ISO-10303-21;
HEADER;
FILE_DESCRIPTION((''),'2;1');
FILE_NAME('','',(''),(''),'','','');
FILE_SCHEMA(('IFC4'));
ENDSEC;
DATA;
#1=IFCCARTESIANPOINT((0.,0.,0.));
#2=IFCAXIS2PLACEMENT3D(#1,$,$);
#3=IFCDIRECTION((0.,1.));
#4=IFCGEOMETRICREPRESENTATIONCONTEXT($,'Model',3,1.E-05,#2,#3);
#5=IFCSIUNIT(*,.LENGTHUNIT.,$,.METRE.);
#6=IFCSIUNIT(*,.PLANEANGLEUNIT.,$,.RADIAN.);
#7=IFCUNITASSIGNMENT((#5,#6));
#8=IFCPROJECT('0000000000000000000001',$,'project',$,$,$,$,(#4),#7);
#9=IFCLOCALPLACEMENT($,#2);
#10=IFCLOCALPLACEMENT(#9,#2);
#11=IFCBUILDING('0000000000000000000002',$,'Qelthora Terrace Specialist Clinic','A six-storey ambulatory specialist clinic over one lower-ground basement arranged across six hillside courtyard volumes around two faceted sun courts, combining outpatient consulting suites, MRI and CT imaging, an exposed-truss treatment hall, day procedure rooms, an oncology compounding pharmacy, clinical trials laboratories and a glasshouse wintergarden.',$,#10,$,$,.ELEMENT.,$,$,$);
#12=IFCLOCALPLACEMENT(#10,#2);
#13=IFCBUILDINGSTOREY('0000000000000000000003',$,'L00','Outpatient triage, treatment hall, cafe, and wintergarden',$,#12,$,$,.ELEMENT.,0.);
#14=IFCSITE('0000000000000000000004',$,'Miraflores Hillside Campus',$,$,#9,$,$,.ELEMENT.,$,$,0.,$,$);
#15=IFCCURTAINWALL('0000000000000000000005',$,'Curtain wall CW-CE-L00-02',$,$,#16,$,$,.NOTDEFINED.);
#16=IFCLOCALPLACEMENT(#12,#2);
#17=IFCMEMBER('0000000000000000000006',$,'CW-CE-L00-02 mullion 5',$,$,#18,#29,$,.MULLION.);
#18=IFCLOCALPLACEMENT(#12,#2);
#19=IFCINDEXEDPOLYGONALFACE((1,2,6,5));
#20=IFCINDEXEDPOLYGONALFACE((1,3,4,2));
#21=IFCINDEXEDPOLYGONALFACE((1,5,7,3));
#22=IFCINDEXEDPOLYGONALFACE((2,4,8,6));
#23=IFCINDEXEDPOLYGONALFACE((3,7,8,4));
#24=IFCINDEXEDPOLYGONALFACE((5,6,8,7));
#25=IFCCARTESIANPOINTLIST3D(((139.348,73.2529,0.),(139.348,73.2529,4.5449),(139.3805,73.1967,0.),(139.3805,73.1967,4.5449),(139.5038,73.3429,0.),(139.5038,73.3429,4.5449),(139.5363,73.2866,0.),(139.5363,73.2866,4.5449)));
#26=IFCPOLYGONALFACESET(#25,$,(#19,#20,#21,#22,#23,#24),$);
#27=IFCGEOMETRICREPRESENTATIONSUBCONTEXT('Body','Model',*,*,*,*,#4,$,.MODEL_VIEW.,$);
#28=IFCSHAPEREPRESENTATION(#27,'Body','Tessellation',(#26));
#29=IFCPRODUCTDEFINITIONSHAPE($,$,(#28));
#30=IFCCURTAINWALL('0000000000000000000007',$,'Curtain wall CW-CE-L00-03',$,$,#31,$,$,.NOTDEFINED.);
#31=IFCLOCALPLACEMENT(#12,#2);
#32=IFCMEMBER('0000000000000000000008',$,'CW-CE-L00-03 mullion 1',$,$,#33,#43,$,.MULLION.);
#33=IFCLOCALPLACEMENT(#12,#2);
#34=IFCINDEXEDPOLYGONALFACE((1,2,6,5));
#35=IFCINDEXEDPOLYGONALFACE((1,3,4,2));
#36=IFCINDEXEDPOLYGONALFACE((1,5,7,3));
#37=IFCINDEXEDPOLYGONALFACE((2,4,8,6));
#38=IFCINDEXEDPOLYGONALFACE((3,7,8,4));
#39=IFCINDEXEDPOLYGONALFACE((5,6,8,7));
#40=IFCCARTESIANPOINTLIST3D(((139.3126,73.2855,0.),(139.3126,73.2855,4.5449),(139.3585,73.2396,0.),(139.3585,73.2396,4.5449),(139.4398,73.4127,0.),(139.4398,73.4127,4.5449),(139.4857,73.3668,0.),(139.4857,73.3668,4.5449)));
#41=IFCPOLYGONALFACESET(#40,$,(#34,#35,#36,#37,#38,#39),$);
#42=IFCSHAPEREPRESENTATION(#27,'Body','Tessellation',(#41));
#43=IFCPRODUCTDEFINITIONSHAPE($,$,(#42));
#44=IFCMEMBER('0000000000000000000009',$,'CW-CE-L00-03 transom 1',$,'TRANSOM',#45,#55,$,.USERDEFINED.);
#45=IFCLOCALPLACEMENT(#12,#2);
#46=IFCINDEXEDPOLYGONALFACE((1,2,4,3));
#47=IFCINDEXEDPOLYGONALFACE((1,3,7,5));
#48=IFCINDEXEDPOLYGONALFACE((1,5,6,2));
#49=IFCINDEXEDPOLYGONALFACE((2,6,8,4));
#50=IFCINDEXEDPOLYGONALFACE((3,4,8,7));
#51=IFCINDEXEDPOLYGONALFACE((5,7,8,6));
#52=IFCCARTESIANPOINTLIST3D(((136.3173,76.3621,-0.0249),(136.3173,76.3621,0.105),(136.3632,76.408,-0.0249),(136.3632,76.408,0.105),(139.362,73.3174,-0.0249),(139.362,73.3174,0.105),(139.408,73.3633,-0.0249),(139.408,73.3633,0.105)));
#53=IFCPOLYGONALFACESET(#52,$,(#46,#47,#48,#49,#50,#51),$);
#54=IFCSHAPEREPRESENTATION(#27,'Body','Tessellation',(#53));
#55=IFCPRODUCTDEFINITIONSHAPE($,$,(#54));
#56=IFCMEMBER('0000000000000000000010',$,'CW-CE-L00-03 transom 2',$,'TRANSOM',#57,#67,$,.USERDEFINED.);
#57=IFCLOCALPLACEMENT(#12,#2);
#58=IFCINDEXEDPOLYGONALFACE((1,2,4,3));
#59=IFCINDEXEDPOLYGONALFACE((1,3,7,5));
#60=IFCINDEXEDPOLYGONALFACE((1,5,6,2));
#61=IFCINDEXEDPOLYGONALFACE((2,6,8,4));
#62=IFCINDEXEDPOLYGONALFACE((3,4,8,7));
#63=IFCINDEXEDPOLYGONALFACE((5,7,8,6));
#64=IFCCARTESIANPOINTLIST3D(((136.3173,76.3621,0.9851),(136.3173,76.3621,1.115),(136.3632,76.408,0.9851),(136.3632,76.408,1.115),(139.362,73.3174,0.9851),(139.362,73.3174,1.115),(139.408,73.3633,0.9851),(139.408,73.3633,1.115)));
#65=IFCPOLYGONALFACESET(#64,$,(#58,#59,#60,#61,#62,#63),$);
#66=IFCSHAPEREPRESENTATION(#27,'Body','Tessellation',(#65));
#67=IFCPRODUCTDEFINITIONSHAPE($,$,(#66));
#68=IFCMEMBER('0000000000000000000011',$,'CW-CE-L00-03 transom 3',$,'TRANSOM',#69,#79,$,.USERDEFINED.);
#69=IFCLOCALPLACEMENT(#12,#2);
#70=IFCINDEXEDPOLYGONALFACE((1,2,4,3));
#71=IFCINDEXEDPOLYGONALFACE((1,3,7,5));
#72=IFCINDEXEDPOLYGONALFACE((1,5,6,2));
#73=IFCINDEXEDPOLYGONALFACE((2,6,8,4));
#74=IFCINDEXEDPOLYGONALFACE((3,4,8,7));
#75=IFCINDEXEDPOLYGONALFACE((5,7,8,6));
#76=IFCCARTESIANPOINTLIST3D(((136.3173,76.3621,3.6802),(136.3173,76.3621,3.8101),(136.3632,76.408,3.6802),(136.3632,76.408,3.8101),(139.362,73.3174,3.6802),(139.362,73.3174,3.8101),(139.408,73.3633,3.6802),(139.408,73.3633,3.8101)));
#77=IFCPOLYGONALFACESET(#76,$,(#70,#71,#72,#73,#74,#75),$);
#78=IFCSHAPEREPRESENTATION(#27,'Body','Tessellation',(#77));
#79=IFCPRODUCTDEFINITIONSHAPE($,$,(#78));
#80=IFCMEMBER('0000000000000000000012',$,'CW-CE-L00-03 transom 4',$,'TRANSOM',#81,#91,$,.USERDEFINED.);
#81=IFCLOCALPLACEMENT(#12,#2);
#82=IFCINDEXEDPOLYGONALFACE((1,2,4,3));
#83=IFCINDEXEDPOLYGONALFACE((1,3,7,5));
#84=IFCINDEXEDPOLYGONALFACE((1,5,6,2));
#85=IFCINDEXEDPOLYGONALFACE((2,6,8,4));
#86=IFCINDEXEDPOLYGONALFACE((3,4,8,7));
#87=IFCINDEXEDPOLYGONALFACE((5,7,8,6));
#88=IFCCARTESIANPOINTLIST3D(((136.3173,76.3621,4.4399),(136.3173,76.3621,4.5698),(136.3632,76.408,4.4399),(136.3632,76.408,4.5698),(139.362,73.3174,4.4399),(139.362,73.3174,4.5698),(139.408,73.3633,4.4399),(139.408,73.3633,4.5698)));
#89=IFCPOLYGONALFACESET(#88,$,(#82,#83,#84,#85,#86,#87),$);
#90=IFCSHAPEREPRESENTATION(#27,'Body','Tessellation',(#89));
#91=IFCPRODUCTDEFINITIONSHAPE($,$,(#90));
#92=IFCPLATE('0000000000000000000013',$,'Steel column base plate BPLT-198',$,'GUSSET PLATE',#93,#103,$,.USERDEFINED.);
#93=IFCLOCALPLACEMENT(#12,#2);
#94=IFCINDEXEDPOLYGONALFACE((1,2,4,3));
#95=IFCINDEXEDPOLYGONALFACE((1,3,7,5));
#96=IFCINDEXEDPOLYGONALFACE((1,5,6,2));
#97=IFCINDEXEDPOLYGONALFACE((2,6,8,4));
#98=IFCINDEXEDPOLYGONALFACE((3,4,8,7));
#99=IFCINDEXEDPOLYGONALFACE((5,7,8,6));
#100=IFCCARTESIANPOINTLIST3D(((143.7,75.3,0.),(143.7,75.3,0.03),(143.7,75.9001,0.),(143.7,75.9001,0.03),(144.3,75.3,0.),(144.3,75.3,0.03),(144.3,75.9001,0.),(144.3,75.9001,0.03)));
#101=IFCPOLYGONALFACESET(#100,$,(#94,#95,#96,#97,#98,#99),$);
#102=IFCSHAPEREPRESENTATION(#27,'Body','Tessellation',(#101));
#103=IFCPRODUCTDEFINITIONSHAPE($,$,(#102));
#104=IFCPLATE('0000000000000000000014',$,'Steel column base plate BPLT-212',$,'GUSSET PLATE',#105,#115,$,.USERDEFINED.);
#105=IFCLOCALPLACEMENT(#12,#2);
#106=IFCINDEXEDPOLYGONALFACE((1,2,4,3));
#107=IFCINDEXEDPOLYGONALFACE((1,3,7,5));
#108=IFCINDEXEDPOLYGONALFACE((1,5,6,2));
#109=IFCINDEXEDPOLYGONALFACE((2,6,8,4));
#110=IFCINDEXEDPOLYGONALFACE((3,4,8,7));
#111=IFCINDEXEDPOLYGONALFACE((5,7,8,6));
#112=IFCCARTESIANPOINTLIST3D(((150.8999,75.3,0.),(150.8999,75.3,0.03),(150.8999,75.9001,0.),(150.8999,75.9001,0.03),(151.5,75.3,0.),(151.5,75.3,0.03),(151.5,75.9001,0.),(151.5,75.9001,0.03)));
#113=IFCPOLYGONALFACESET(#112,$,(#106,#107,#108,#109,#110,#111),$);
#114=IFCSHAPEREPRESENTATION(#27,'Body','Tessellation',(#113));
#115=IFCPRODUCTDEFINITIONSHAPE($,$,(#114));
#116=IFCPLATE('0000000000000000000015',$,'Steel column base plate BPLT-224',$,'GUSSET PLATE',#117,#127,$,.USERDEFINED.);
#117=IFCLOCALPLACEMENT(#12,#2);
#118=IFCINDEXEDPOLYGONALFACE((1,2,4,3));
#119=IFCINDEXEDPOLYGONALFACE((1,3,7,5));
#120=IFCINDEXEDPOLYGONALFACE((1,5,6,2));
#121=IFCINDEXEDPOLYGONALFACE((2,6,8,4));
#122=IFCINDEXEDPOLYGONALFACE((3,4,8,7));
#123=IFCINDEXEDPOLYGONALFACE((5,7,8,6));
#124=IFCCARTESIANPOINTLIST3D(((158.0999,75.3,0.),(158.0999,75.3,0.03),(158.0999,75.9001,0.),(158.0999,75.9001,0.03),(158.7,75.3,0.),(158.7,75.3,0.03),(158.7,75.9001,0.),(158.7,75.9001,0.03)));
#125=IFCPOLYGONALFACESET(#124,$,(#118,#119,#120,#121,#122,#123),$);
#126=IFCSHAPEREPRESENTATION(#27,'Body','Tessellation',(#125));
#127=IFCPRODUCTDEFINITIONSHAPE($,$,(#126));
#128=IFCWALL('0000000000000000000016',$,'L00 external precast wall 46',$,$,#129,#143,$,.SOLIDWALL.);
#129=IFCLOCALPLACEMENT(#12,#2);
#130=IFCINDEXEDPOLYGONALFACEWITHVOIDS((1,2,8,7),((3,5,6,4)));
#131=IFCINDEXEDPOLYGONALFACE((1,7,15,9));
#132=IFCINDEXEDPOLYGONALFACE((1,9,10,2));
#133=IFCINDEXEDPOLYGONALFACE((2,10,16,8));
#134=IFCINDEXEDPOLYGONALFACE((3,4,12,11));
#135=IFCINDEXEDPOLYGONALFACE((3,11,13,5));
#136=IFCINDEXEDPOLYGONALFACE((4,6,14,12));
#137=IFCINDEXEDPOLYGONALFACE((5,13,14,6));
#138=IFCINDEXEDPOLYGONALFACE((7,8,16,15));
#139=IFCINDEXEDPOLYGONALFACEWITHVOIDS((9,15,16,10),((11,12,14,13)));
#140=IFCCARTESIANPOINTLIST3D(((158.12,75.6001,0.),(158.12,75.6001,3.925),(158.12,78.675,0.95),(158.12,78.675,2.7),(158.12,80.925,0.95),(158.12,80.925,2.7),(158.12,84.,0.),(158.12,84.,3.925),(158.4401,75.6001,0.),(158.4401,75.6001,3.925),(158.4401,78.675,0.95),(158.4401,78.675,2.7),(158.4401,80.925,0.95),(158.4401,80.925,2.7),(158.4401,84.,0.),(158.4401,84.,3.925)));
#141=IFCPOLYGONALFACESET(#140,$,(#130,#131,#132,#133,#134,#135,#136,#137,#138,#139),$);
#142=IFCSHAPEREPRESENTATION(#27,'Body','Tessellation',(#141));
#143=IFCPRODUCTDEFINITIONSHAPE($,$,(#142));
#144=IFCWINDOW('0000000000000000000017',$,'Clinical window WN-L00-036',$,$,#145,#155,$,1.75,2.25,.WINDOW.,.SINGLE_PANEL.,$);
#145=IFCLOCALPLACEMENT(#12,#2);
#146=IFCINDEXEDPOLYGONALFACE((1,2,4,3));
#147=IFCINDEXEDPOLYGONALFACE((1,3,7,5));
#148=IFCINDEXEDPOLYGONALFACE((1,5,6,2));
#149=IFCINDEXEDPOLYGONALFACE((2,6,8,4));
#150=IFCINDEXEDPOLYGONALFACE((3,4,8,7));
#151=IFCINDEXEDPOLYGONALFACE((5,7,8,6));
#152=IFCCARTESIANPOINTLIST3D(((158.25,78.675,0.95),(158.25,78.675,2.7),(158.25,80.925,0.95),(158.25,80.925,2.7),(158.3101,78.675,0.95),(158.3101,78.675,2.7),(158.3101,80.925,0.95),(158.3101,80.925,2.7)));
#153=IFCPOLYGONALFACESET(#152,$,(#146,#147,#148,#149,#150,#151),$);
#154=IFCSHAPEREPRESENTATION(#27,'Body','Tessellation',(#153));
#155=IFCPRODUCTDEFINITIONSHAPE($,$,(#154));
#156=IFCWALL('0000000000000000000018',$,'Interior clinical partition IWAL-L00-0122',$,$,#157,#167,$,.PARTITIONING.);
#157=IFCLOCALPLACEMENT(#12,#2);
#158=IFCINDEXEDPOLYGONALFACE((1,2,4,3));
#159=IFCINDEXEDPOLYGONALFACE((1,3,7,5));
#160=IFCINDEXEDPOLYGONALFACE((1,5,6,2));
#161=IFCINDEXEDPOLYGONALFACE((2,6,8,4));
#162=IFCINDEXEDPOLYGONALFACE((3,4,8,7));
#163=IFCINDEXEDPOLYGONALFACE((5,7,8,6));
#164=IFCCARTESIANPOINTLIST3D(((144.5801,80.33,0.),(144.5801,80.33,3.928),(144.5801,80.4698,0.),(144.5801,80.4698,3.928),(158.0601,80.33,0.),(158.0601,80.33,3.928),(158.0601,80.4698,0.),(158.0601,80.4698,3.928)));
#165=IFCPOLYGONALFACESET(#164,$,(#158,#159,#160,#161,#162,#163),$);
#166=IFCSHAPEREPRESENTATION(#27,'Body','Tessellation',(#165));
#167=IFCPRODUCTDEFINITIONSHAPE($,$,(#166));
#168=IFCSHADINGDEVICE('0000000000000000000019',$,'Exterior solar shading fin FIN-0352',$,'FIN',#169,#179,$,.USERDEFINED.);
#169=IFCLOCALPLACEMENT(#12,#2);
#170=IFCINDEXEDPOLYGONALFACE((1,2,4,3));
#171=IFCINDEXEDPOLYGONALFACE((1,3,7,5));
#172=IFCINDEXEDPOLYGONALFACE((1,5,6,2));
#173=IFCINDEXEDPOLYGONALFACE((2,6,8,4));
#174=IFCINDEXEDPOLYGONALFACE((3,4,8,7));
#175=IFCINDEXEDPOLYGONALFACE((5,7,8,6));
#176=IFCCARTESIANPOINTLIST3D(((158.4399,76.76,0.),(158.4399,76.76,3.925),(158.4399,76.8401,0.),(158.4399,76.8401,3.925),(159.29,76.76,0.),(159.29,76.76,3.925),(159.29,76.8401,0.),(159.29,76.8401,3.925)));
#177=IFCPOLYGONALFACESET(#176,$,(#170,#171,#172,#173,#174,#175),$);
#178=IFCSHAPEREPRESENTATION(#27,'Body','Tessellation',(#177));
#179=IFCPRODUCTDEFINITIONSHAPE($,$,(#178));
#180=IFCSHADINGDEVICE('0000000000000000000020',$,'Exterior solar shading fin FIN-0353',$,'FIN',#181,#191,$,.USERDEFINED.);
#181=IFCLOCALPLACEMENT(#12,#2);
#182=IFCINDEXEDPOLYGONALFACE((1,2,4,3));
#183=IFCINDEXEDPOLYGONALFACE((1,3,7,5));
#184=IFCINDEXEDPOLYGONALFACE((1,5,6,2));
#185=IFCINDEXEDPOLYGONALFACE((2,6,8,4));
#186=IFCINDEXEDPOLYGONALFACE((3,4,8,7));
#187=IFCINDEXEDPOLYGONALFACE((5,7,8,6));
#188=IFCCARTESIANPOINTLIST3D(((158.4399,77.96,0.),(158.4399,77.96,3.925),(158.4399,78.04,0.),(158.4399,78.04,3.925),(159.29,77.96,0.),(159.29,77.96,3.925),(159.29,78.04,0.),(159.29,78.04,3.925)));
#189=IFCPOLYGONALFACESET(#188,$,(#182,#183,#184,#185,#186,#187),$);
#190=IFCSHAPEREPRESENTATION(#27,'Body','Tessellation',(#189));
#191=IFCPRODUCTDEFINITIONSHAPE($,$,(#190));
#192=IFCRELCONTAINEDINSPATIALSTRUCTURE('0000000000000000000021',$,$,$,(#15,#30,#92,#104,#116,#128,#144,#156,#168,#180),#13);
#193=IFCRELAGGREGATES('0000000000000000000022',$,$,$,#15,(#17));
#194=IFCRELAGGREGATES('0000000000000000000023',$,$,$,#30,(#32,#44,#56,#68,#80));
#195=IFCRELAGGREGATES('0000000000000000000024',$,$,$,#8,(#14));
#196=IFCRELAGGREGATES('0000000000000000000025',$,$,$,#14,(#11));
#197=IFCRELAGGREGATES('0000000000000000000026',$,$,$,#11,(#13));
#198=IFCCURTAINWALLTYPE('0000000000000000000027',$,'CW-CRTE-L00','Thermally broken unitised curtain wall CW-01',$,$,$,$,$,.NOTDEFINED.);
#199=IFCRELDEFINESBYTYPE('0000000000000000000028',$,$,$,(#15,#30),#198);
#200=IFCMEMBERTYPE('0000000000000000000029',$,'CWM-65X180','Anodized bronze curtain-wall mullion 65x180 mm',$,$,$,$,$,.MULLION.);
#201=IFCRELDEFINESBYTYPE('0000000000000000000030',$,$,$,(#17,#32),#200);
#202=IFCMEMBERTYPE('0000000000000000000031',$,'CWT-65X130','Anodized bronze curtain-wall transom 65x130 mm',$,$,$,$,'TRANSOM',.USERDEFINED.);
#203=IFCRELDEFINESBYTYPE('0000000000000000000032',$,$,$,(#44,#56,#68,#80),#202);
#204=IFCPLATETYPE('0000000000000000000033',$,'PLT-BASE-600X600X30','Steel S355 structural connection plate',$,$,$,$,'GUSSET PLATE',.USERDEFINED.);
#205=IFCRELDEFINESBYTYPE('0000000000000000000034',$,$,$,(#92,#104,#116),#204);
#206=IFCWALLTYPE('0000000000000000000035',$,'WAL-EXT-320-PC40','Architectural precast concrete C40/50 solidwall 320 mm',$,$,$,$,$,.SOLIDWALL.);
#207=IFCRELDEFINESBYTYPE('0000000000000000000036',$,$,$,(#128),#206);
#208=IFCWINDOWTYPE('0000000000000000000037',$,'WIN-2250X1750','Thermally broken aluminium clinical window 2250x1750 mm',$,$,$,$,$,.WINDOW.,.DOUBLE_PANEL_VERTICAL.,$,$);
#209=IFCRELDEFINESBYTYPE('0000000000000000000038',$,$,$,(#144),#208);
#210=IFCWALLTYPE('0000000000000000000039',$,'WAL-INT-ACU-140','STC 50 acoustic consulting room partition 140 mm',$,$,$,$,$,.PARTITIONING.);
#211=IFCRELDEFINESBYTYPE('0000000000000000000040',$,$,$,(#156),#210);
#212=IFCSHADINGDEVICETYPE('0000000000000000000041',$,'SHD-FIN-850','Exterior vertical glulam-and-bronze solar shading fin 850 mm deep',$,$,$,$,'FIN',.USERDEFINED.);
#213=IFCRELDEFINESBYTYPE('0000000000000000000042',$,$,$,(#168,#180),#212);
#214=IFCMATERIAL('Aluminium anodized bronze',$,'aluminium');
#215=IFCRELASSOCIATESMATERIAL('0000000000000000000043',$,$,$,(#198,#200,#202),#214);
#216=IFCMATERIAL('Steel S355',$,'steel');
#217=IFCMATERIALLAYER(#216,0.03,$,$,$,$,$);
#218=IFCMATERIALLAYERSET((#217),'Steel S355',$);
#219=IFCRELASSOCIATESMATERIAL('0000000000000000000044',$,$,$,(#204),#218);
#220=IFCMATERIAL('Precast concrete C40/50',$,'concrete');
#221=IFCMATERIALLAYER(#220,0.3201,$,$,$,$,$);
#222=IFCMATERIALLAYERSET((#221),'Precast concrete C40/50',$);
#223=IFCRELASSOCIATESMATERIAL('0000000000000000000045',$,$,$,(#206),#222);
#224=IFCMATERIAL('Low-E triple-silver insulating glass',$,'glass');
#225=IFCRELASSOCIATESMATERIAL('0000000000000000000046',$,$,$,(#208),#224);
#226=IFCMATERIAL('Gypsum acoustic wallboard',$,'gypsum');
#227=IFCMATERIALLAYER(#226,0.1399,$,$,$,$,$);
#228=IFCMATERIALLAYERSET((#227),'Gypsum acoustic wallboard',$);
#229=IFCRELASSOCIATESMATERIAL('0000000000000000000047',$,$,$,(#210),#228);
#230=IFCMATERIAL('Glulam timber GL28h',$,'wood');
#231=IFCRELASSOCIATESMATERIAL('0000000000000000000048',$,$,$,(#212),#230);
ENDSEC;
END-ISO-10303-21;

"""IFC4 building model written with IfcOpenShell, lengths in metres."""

from ifc_helpers import new_model, si_unit, direction, frame, frame_2d, origin, origin_2d, place, context, subcontext, project, spatial, rectangle, extrude, material, layer, layer_set, material_profile, profile_set, type_object, element, fill, aggregate, save


model = new_model("IFC4")

# Units and contexts
model_context = context("Model", 3, precision=1e-05, world=origin(), true_north=direction((0.0, 1.0)))
body_context = subcontext(model_context, "Body", "Model", "MODEL_VIEW")
ifc_project = project(units=[si_unit("LENGTHUNIT", "METRE"), si_unit("PLANEANGLEUNIT", "RADIAN")], contexts=[model_context])

# Site, building, storey
site_placement = place(None, origin())
site = spatial("IfcSite", under=ifc_project, at=site_placement, Name="Miraflores Hillside Campus", CompositionType="ELEMENT", RefElevation=0.0)
building_placement = place(site_placement, origin())
building = spatial("IfcBuilding", under=site, at=building_placement, Name="Qelthora Terrace Specialist Clinic", Description="A six-storey ambulatory specialist clinic over one lower-ground basement arranged across six hillside courtyard volumes around two faceted sun courts, combining outpatient consulting suites, MRI and CT imaging, an exposed-truss treatment hall, day procedure rooms, an oncology compounding pharmacy, clinical trials laboratories and a glasshouse wintergarden.", CompositionType="ELEMENT")
storey_placement = place(building_placement, origin())
storey = spatial("IfcBuildingStorey", under=building, at=storey_placement, Name="L00", Description="Outpatient triage, treatment hall, cafe, and wintergarden", CompositionType="ELEMENT", Elevation=0.0)

# Shared definitions
ifc_material_1 = material(Name="Steel S355", Category="steel")

# Curtain wall, member
ifc_material_2 = material(Name="Aluminium anodized bronze", Category="aluminium")
curtain_wall_type = type_object("IfcCurtainWallType", Name="CW-CRTE-L00", Description="Thermally broken unitised curtain wall CW-01", PredefinedType="NOTDEFINED", material=ifc_material_2)
curtain_wall_1_placement = place(storey_placement, origin())
curtain_wall_1 = element("IfcCurtainWall", 1, at=curtain_wall_1_placement, inside=storey, type_object=curtain_wall_type, Name="Curtain wall CW-CE-L00-02", PredefinedType="NOTDEFINED")
ifc_material_profile_1 = material_profile(ifc_material_2, rectangle(XDim=0.0649, YDim=0.1799, at=origin_2d()), Name="CWM65X180")
ifc_profile_set_1 = profile_set([ifc_material_profile_1], Name="Aluminium anodized bronze")
member_type_1 = type_object("IfcMemberType", Name="CWM-65X180", Description="Anodized bronze curtain-wall mullion 65x180 mm", PredefinedType="MULLION", material=ifc_profile_set_1)
member_1_placement = place(storey_placement, frame((139.4421, 73.2698, 0.0), z_axis=(0.0, 0.0, 1.0), x_axis=(-0.5, 0.866025, 0.0)))
member_1 = element("IfcMember", 2, at=member_1_placement, type_object=member_type_1, Name="CW-CE-L00-02 mullion 5", PredefinedType="MULLION", context=body_context, shape_type="SweptSolid", body=[
    extrude(rectangle(XDim=0.0649, YDim=0.1799, at=origin_2d()), origin(), (0.0, 0.0, 1.0), 4.5449),
])
aggregate(curtain_wall_1, [member_1])

# Curtain wall, members
curtain_wall_2_placement = place(storey_placement, origin())
curtain_wall_2 = element("IfcCurtainWall", 3, at=curtain_wall_2_placement, inside=storey, type_object=curtain_wall_type, Name="Curtain wall CW-CE-L00-03", PredefinedType="NOTDEFINED")
member_2_placement = place(storey_placement, frame((139.3992, 73.3262, 0.0), z_axis=(0.0, 0.0, 1.0), x_axis=(-0.707107, 0.707107, 0.0)))
member_2 = element("IfcMember", 4, at=member_2_placement, type_object=member_type_1, Name="CW-CE-L00-03 mullion 1", PredefinedType="MULLION", context=body_context, shape_type="SweptSolid", body=[
    extrude(rectangle(XDim=0.0649, YDim=0.1799, at=origin_2d()), origin(), (0.0, 0.0, 1.0), 4.5449),
])
ifc_material_profile_2 = material_profile(ifc_material_2, rectangle(XDim=0.0649, YDim=0.1299, at=origin_2d()), Name="CWT65X130")
ifc_profile_set_2 = profile_set([ifc_material_profile_2], Name="Aluminium anodized bronze")
member_type_2 = type_object("IfcMemberType", Name="CWT-65X130", Description="Anodized bronze curtain-wall transom 65x130 mm", ElementType="TRANSOM", PredefinedType="USERDEFINED", material=ifc_profile_set_2)
member_3_placement = place(storey_placement, frame((139.385, 73.3403, 0.04), z_axis=(-0.707107, 0.707107, 0.0), x_axis=(-0.707107, -0.707107, 0.0)))
member_3 = element("IfcMember", 5, at=member_3_placement, type_object=member_type_2, Name="CW-CE-L00-03 transom 1", ObjectType="TRANSOM", PredefinedType="USERDEFINED", context=body_context, shape_type="SweptSolid", body=[
    extrude(rectangle(XDim=0.0649, YDim=0.1299, at=origin_2d()), origin(), (0.0, 0.0, 1.0), 4.3059),
])
member_4_placement = place(storey_placement, frame((139.385, 73.3403, 1.05), z_axis=(-0.707107, 0.707107, 0.0), x_axis=(-0.707107, -0.707107, 0.0)))
member_4 = element("IfcMember", 6, at=member_4_placement, type_object=member_type_2, Name="CW-CE-L00-03 transom 2", ObjectType="TRANSOM", PredefinedType="USERDEFINED", context=body_context, shape_type="SweptSolid", body=[
    extrude(rectangle(XDim=0.0649, YDim=0.1299, at=origin_2d()), origin(), (0.0, 0.0, 1.0), 4.3059),
])
member_5_placement = place(storey_placement, frame((139.385, 73.3403, 3.7451), z_axis=(-0.707107, 0.707107, 0.0), x_axis=(-0.707107, -0.707107, 0.0)))
member_5 = element("IfcMember", 7, at=member_5_placement, type_object=member_type_2, Name="CW-CE-L00-03 transom 3", ObjectType="TRANSOM", PredefinedType="USERDEFINED", context=body_context, shape_type="SweptSolid", body=[
    extrude(rectangle(XDim=0.0649, YDim=0.1299, at=origin_2d()), origin(), (0.0, 0.0, 1.0), 4.3059),
])
member_6_placement = place(storey_placement, frame((139.385, 73.3403, 4.5049), z_axis=(-0.707107, 0.707107, 0.0), x_axis=(-0.707107, -0.707107, 0.0)))
member_6 = element("IfcMember", 8, at=member_6_placement, type_object=member_type_2, Name="CW-CE-L00-03 transom 4", ObjectType="TRANSOM", PredefinedType="USERDEFINED", context=body_context, shape_type="SweptSolid", body=[
    extrude(rectangle(XDim=0.0649, YDim=0.1299, at=origin_2d()), origin(), (0.0, 0.0, 1.0), 4.3059),
])
aggregate(curtain_wall_2, [member_2, member_3, member_4, member_5, member_6])

# Plates
ifc_layer_1 = layer(ifc_material_1, 0.03)
ifc_layer_set_1 = layer_set([ifc_layer_1], Name="Steel S355")
plate_type = type_object("IfcPlateType", Name="PLT-BASE-600X600X30", Description="Steel S355 structural connection plate", ElementType="GUSSET PLATE", PredefinedType="USERDEFINED", material=ifc_layer_set_1)
for number, where, z_axis, x_axis, name in (
    (9, (144.0, 75.6001, 0.0), (0.0, 0.0, 1.0), (1.0, 0.0, 0.0), "Steel column base plate BPLT-198"),
    (10, (151.2, 75.6001, 0.0), (0.0, 0.0, 1.0), (1.0, 0.0, 0.0), "Steel column base plate BPLT-212"),
    (11, (158.3999, 75.6001, 0.0), (0.0, 0.0, 1.0), (1.0, 0.0, 0.0), "Steel column base plate BPLT-224"),
):
    element("IfcPlate", number, at=place(storey_placement, frame(where, z_axis=z_axis, x_axis=x_axis)), inside=storey, type_object=plate_type, Name=name, ObjectType="GUSSET PLATE", PredefinedType="USERDEFINED", context=body_context, shape_type="SweptSolid", body=[
        extrude(rectangle(XDim=0.6001, YDim=0.6001, at=origin_2d()), origin(), (0.0, 0.0, 1.0), 0.03),
    ])

# Wall, opening, window
ifc_material_3 = material(Name="Precast concrete C40/50", Category="concrete")
ifc_layer_2 = layer(ifc_material_3, 0.3201)
ifc_layer_set_2 = layer_set([ifc_layer_2], Name="Precast concrete C40/50")
wall_type_1 = type_object("IfcWallType", Name="WAL-EXT-320-PC40", Description="Architectural precast concrete C40/50 solidwall 320 mm", PredefinedType="SOLIDWALL", material=ifc_layer_set_2)
wall_1_placement = place(storey_placement, frame((158.28, 75.6001, 0.0), z_axis=(0.0, 0.0, 1.0), x_axis=(0.0, 1.0, 0.0)))
wall_1 = element("IfcWall", 12, at=wall_1_placement, inside=storey, type_object=wall_type_1, Name="L00 external precast wall 46", PredefinedType="SOLIDWALL", context=body_context, shape_type="SweptSolid", body=[
    extrude(rectangle(XDim=8.3999, YDim=0.3201, at=frame_2d((4.2, 0.0))), origin(), (0.0, 0.0, 1.0), 3.925),
])
opening_placement = place(wall_1_placement, frame((3.075, 0.0, 0.95)))
opening = element("IfcOpeningElement", 13, at=opening_placement, cuts=wall_1, PredefinedType="OPENING", context=body_context, shape_type="SweptSolid", body=[
    extrude(rectangle(XDim=2.25, YDim=1.75, at=frame_2d((1.125, 0.875))), frame((0.0, 0.1699, 0.0), z_axis=(0.0, -1.0, 0.0), x_axis=(1.0, 0.0, 0.0)), (0.0, 0.0, 1.0), 0.3401),
])
ifc_material_4 = material(Name="Low-E triple-silver insulating glass", Category="glass")
window_type = type_object("IfcWindowType", Name="WIN-2250X1750", Description="Thermally broken aluminium clinical window 2250x1750 mm", PartitioningType="DOUBLE_PANEL_VERTICAL", PredefinedType="WINDOW", material=ifc_material_4)
window_placement = place(opening_placement, origin())
window = element("IfcWindow", 14, at=window_placement, inside=storey, type_object=window_type, Name="Clinical window WN-L00-036", OverallHeight=1.75, OverallWidth=2.25, PartitioningType="SINGLE_PANEL", PredefinedType="WINDOW", context=body_context, shape_type="SweptSolid", body=[
    extrude(rectangle(XDim=2.25, YDim=1.75, at=frame_2d((1.125, 0.875))), frame((0.0, 0.03, 0.0), z_axis=(0.0, -1.0, 0.0), x_axis=(1.0, 0.0, 0.0)), (0.0, 0.0, 1.0), 0.0601),
])
fill(opening, window)

# Wall
ifc_material_5 = material(Name="Gypsum acoustic wallboard", Category="gypsum")
ifc_layer_3 = layer(ifc_material_5, 0.1399)
ifc_layer_set_3 = layer_set([ifc_layer_3], Name="Gypsum acoustic wallboard")
wall_type_2 = type_object("IfcWallType", Name="WAL-INT-ACU-140", Description="STC 50 acoustic consulting room partition 140 mm", PredefinedType="PARTITIONING", material=ifc_layer_set_3)
wall_2_placement = place(storey_placement, frame((144.5801, 80.3999, 0.0), z_axis=(0.0, 0.0, 1.0), x_axis=(1.0, 0.0, 0.0)))
element("IfcWall", 15, at=wall_2_placement, inside=storey, type_object=wall_type_2, Name="Interior clinical partition IWAL-L00-0122", PredefinedType="PARTITIONING", context=body_context, shape_type="SweptSolid", body=[
    extrude(rectangle(XDim=13.48, YDim=0.1399, at=frame_2d((6.74, 0.0))), origin(), (0.0, 0.0, 1.0), 3.928),
])

# Shading devices
ifc_material_6 = material(Name="Glulam timber GL28h", Category="wood")
shading_device_type = type_object("IfcShadingDeviceType", Name="SHD-FIN-850", Description="Exterior vertical glulam-and-bronze solar shading fin 850 mm deep", ElementType="FIN", PredefinedType="USERDEFINED", material=ifc_material_6)
for number, where, z_axis, x_axis, name in (
    (16, (158.865, 76.8, 0.0), (0.0, 0.0, 1.0), (1.0, 0.0, 0.0), "Exterior solar shading fin FIN-0352"),
    (17, (158.865, 78.0, 0.0), (0.0, 0.0, 1.0), (1.0, 0.0, 0.0), "Exterior solar shading fin FIN-0353"),
):
    element("IfcShadingDevice", number, at=place(storey_placement, frame(where, z_axis=z_axis, x_axis=x_axis)), inside=storey, type_object=shading_device_type, Name=name, ObjectType="FIN", PredefinedType="USERDEFINED", context=body_context, shape_type="SweptSolid", body=[
        extrude(rectangle(XDim=0.8501, YDim=0.0801, at=origin_2d()), origin(), (0.0, 0.0, 1.0), 3.925),
    ])

save(model, "model.ifc")
